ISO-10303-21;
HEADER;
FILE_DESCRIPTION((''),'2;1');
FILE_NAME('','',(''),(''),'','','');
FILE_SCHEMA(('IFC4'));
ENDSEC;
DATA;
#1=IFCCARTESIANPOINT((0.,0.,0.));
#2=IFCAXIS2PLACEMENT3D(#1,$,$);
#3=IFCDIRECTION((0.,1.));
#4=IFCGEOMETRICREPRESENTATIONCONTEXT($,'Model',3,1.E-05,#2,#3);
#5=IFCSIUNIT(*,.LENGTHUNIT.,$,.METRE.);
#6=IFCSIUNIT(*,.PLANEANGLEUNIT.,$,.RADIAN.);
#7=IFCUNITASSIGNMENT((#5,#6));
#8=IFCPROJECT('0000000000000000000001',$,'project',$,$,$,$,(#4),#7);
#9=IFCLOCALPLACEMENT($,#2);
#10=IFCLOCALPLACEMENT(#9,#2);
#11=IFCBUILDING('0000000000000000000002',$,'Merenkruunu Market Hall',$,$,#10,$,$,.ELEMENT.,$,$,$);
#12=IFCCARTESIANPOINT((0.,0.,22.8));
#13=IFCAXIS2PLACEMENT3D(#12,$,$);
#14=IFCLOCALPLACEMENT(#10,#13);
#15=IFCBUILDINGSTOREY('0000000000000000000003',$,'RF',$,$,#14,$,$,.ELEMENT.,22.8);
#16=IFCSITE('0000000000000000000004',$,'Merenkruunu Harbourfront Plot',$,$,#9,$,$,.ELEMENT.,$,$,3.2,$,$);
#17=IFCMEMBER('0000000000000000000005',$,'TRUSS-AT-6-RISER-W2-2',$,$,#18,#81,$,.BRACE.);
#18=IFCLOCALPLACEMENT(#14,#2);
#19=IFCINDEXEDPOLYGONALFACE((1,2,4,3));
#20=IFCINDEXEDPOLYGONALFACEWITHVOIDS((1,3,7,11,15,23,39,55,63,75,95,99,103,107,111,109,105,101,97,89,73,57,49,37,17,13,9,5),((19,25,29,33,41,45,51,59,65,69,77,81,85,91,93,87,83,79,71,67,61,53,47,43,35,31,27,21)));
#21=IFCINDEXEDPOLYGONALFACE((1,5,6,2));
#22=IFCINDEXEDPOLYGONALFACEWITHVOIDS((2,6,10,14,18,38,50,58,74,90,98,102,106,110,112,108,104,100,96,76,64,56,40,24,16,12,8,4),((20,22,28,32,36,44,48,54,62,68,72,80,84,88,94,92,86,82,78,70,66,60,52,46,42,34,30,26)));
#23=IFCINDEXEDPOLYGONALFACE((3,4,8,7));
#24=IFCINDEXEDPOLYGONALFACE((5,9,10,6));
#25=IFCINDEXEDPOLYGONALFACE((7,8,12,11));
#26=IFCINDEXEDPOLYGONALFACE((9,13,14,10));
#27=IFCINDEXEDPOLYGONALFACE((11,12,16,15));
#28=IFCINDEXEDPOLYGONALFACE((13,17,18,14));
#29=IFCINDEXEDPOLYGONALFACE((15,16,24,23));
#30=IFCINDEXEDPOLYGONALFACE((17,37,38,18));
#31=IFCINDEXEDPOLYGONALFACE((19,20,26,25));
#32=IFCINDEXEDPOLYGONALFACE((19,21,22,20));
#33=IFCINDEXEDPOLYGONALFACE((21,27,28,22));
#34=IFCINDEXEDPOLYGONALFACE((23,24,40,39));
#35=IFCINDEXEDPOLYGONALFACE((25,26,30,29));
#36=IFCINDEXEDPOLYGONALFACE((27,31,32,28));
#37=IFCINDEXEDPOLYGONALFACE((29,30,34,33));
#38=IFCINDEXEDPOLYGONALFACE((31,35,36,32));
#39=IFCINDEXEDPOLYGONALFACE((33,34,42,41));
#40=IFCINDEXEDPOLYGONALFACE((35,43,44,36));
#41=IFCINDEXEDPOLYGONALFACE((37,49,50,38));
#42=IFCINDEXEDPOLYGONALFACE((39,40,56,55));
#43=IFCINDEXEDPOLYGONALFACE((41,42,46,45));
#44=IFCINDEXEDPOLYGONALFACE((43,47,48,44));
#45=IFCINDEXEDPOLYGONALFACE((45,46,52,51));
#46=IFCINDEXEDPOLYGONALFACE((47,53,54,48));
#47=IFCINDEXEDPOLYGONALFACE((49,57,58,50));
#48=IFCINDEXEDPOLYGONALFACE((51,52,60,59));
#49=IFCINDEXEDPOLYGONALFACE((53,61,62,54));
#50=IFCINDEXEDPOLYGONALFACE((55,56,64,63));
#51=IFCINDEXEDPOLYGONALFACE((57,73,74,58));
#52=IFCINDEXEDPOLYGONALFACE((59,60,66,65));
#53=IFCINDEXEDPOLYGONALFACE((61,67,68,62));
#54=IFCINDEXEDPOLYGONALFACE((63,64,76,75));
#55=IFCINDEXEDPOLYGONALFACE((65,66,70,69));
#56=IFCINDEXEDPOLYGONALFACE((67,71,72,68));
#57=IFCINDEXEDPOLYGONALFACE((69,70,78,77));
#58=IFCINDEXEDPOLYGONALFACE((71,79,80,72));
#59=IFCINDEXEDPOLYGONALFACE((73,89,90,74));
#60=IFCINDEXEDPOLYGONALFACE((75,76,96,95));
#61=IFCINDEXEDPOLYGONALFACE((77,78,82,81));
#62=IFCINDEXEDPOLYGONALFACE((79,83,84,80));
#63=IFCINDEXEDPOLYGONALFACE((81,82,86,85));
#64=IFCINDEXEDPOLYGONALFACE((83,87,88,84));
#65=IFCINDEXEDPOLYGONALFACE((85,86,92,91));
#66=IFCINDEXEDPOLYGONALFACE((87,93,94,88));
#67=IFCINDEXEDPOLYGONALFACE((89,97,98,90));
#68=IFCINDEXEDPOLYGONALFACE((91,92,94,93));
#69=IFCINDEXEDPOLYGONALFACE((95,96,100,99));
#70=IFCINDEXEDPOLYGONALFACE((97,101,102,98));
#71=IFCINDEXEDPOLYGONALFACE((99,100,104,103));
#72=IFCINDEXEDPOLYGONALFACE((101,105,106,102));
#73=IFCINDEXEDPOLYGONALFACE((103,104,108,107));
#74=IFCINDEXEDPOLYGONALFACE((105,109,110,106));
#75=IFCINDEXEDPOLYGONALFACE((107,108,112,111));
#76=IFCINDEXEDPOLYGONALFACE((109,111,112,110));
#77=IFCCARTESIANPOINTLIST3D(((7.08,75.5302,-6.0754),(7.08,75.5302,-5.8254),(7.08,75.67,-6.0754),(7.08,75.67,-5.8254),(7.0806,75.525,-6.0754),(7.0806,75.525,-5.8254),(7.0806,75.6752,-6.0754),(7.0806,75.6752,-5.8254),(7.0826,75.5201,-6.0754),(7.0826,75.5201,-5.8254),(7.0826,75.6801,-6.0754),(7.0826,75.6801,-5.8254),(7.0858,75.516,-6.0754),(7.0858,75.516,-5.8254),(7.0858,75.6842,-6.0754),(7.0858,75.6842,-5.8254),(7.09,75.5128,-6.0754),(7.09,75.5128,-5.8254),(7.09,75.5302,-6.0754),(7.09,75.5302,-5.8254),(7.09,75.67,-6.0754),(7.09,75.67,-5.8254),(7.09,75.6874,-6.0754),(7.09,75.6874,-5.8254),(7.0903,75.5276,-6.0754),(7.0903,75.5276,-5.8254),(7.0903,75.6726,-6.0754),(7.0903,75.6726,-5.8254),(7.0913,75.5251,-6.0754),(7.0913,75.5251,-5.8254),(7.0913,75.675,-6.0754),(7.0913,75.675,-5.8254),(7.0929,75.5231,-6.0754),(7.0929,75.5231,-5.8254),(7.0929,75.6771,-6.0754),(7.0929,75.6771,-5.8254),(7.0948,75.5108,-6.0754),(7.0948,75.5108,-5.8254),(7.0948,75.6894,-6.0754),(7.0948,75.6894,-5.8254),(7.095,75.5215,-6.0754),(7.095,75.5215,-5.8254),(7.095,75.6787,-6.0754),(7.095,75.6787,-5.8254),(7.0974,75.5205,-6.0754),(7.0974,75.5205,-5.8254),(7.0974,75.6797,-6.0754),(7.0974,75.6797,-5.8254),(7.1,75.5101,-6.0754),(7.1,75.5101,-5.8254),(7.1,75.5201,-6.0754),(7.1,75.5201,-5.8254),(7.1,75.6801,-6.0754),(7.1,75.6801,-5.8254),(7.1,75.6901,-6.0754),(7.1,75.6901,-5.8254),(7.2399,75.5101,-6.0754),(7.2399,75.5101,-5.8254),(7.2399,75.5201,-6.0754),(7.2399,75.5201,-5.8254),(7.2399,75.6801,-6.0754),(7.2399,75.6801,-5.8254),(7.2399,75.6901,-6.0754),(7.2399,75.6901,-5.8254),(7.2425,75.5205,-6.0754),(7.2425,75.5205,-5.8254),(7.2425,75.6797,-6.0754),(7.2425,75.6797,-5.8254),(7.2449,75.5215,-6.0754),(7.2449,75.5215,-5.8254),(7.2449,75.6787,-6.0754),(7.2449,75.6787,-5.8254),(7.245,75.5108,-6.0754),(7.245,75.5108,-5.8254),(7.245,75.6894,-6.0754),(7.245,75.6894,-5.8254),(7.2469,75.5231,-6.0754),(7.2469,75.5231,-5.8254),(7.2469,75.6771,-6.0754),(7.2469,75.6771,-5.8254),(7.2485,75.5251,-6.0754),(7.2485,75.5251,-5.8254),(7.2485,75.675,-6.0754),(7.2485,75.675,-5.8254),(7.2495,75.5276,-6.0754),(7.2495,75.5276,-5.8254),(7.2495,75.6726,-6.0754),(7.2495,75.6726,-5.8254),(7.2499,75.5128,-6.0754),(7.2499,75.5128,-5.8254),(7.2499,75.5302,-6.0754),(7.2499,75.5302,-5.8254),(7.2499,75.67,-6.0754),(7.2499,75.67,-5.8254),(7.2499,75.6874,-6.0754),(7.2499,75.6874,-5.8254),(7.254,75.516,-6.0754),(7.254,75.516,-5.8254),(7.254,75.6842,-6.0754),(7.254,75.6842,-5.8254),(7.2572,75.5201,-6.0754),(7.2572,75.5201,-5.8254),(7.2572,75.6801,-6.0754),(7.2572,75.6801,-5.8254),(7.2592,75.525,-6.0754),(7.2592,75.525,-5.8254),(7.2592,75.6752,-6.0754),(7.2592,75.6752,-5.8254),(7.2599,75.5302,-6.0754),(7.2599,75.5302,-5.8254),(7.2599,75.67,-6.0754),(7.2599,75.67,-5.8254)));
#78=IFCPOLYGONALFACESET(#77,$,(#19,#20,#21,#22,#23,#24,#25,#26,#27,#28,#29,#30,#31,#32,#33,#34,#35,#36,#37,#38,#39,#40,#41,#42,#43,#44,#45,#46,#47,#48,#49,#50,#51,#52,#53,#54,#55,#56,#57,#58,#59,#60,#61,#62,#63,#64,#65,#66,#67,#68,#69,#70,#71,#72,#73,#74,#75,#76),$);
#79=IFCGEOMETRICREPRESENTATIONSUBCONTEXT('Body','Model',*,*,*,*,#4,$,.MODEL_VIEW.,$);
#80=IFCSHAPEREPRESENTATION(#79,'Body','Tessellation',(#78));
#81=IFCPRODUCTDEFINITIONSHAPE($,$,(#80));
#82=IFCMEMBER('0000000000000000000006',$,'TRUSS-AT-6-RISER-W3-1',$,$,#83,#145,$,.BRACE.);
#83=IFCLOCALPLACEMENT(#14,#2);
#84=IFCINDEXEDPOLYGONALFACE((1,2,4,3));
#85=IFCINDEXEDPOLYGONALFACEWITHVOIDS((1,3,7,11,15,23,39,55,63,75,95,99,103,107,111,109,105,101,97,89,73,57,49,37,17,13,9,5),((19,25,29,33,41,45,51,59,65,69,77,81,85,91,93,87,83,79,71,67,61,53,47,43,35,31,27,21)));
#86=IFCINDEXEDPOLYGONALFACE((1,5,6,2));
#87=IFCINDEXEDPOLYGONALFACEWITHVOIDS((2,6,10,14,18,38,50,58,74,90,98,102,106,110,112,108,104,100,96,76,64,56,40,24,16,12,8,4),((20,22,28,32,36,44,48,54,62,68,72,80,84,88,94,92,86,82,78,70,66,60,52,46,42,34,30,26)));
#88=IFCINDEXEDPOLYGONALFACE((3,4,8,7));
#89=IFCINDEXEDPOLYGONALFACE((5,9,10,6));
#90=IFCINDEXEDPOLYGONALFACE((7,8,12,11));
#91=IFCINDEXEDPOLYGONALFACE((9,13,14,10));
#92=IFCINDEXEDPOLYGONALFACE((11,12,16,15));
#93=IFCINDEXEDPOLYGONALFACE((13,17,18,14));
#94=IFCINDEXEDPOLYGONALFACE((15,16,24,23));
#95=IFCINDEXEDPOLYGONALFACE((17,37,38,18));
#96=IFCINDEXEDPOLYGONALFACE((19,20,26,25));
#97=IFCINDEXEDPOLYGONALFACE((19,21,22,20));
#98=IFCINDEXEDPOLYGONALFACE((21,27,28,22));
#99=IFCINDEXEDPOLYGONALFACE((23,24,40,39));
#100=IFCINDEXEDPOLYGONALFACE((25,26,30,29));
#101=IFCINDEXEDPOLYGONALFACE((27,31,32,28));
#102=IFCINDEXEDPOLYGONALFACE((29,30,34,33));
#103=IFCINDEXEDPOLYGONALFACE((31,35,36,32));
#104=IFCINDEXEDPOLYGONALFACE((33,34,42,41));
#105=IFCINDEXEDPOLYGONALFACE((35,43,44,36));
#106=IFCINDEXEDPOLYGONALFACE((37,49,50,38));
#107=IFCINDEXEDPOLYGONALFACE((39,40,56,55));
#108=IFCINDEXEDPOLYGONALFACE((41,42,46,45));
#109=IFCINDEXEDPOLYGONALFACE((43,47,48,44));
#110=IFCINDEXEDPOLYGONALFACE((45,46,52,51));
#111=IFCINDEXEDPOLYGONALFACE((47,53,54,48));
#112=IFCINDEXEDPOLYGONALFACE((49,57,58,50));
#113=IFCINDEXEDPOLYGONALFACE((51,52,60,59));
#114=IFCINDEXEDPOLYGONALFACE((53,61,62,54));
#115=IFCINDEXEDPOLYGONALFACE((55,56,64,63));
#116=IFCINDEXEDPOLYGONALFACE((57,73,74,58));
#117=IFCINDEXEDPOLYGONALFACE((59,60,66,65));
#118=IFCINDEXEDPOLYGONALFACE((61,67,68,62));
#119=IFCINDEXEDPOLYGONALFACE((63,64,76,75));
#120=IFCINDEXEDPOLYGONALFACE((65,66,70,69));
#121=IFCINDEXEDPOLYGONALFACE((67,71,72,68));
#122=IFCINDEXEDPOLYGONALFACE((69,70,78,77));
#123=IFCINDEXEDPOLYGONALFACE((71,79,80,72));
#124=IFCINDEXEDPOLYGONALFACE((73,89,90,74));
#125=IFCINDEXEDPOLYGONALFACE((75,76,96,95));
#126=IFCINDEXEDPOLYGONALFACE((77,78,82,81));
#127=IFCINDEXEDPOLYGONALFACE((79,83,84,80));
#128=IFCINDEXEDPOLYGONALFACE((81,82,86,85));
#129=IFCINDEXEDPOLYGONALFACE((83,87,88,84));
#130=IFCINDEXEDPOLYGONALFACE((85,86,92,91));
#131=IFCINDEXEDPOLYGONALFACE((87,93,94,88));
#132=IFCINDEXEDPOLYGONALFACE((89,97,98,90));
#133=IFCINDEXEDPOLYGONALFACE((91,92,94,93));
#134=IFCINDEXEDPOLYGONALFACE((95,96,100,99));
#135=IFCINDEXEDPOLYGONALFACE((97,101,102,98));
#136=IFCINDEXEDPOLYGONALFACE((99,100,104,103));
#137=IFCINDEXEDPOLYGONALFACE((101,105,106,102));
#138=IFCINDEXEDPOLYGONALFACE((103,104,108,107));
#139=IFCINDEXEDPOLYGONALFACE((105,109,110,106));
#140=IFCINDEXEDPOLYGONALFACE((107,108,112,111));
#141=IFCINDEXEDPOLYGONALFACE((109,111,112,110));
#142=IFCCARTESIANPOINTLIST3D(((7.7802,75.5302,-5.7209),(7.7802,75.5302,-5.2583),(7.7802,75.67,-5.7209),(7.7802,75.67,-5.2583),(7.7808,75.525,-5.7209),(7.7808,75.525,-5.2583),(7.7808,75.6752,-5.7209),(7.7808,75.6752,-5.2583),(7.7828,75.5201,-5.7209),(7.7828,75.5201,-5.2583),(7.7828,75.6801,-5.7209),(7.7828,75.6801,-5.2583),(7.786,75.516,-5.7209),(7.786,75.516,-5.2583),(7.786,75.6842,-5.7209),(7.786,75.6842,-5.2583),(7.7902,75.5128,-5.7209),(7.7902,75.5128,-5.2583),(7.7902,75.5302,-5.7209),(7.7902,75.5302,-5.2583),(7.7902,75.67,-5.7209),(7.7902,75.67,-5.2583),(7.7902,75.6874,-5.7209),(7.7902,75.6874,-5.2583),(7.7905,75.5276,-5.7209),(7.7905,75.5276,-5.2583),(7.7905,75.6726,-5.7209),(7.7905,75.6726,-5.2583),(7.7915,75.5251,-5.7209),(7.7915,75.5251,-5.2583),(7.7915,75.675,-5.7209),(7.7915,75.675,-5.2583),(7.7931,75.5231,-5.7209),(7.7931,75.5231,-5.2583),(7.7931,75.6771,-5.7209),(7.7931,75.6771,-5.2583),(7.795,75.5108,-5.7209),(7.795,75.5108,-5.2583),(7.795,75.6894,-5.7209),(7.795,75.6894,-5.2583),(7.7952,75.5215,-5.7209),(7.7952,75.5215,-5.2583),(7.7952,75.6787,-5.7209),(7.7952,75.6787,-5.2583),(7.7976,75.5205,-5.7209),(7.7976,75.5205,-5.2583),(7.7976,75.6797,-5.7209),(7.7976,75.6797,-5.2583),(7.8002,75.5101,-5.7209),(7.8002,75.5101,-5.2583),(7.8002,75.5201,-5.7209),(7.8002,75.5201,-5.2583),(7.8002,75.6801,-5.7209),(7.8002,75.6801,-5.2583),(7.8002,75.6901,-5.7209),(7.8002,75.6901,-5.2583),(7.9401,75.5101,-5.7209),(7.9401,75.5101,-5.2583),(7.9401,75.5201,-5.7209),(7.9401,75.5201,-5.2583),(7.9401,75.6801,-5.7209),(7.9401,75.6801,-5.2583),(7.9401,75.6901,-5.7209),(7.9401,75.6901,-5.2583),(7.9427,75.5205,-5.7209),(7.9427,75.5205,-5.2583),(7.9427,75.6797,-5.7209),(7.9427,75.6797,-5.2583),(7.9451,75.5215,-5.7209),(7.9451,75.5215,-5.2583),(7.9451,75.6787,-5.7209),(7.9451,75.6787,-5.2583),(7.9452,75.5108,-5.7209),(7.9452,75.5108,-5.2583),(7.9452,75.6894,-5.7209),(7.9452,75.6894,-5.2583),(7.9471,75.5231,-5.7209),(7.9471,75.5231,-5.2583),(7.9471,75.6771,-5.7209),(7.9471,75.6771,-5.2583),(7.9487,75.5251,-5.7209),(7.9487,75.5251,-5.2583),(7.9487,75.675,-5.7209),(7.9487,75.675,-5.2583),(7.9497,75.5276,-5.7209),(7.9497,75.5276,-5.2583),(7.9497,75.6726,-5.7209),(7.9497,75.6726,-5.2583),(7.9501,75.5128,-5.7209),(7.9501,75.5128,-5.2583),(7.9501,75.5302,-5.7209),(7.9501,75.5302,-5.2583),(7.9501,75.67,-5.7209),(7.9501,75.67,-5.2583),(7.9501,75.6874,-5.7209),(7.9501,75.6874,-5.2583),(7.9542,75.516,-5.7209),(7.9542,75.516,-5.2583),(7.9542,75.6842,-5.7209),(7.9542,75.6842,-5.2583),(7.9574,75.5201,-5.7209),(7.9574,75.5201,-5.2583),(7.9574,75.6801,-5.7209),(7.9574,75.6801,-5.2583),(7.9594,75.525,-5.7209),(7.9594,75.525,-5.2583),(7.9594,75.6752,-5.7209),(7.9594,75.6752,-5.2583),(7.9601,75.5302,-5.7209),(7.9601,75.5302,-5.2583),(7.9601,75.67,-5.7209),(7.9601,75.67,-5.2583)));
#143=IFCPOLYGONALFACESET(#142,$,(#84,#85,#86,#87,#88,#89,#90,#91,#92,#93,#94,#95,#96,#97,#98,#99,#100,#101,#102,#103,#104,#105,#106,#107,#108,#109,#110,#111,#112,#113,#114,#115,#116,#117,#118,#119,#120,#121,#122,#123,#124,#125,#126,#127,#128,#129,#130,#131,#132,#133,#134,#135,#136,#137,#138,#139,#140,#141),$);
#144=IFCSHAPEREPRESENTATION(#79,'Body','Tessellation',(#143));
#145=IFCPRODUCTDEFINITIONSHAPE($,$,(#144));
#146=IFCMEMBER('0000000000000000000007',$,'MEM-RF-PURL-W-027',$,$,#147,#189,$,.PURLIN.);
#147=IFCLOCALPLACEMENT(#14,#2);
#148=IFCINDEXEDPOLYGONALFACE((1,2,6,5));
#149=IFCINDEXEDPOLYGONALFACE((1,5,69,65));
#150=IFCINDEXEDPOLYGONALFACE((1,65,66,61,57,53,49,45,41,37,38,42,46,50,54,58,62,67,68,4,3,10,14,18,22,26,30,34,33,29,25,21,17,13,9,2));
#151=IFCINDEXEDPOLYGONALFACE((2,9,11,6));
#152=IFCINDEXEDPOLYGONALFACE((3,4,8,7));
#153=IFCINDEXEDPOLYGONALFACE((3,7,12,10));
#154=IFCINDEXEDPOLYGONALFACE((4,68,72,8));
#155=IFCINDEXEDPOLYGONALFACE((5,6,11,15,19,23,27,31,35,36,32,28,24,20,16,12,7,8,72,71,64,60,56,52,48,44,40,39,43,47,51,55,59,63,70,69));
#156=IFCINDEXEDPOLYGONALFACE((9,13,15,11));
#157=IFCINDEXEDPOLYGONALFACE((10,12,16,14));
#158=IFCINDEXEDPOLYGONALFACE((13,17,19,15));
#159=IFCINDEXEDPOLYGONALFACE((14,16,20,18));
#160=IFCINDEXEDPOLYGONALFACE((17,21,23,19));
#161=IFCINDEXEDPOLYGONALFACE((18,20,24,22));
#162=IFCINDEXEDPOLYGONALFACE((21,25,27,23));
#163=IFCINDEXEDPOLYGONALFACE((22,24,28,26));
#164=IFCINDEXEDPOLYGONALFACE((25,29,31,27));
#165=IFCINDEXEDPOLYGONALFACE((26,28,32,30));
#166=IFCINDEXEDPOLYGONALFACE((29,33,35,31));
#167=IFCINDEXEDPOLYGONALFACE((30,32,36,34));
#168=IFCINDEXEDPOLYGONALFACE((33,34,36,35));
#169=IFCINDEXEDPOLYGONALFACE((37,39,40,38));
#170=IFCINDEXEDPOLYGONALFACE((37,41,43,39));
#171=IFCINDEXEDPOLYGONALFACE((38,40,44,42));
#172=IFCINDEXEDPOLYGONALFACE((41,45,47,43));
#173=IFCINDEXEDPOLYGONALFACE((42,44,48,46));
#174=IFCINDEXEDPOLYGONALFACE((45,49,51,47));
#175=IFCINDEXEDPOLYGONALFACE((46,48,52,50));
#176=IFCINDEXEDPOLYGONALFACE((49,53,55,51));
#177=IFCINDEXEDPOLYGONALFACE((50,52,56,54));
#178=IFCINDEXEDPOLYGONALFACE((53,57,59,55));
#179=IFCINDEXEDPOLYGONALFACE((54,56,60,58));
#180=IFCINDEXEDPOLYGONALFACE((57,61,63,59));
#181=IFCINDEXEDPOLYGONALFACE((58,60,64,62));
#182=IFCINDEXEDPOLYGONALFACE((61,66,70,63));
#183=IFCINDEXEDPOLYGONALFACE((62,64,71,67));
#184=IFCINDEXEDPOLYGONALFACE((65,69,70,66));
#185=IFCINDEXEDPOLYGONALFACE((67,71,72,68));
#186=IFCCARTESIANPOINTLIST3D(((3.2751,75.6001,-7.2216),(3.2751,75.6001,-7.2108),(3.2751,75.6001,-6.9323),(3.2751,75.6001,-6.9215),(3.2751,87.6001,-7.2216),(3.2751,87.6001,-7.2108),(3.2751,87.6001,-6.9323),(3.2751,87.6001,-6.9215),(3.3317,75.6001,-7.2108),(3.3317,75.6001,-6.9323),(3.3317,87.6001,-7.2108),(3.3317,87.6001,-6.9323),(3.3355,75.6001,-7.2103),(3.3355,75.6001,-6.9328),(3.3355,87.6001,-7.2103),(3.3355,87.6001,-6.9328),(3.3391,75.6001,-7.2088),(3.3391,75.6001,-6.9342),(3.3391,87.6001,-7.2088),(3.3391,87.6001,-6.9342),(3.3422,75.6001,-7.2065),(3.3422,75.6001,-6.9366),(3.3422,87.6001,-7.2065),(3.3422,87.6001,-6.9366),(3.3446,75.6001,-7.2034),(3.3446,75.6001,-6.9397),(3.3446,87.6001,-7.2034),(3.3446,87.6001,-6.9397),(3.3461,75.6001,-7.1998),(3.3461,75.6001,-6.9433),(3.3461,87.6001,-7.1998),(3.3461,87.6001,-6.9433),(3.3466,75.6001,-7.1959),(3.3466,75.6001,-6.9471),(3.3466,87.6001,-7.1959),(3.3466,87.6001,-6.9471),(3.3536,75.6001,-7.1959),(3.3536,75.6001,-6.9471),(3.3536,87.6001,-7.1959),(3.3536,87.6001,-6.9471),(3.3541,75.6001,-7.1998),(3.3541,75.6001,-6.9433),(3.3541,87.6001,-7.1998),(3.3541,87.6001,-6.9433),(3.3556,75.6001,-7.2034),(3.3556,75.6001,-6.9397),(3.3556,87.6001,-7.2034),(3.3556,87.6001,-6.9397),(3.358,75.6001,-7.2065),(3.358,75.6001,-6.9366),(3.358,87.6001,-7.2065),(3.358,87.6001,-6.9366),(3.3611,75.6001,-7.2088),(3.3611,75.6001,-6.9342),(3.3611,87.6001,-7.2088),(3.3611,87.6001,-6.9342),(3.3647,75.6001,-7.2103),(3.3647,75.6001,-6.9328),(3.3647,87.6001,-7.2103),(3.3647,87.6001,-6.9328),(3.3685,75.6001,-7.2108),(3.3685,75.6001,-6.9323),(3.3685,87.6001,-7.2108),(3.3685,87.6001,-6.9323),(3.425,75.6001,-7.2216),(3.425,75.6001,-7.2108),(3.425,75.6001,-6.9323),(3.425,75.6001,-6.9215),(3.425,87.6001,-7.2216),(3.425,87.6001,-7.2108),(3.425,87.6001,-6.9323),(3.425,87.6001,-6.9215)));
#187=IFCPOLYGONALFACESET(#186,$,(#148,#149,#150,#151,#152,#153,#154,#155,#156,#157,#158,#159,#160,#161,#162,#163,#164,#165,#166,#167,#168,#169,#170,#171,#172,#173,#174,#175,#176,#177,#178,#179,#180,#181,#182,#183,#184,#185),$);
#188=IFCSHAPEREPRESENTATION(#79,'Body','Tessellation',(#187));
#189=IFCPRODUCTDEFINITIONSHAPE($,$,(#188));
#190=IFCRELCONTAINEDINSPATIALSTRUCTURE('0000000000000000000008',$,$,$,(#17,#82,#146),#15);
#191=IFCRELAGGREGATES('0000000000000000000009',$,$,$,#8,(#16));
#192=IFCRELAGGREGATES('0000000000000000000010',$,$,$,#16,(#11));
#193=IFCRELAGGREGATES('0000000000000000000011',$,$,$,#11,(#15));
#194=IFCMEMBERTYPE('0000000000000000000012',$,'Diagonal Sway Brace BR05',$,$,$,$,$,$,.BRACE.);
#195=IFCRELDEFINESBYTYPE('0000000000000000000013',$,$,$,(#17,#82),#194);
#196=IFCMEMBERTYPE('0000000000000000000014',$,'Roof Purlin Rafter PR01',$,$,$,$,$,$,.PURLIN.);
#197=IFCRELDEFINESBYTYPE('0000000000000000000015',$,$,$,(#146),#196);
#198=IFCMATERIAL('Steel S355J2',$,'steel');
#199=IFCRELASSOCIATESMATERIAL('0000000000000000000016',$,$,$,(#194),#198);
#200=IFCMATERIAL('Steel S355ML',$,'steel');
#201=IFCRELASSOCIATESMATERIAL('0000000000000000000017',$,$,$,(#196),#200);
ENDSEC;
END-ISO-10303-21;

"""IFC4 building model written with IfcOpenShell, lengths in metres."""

from ifc_helpers import new_model, si_unit, direction, frame, origin, origin_2d, place, context, subcontext, project, spatial, hollow_rectangle, i_section, extrude, material, material_profile, profile_set, type_object, element, save


model = new_model("IFC4")

# Units and contexts
model_context = context("Model", 3, precision=1e-05, world=origin(), true_north=direction((0.0, 1.0)))
body_context = subcontext(model_context, "Body", "Model", "MODEL_VIEW")
ifc_project = project(units=[si_unit("LENGTHUNIT", "METRE"), si_unit("PLANEANGLEUNIT", "RADIAN")], contexts=[model_context])

# Site, building, storey
site_placement = place(None, origin())
site = spatial("IfcSite", under=ifc_project, at=site_placement, Name="Merenkruunu Harbourfront Plot", CompositionType="ELEMENT", RefElevation=3.2)
building_placement = place(site_placement, origin())
building = spatial("IfcBuilding", under=site, at=building_placement, Name="Merenkruunu Market Hall", CompositionType="ELEMENT")
storey_placement = place(building_placement, frame((0.0, 0.0, 22.8)))
storey = spatial("IfcBuildingStorey", under=building, at=storey_placement, Name="RF", CompositionType="ELEMENT", Elevation=22.8)

# Shared definitions
ifc_material_1 = material(Name="Steel S355ML", Category="steel")

# Members
ifc_material_2 = material(Name="Steel S355J2", Category="steel")
ifc_material_profile_1 = material_profile(ifc_material_2, hollow_rectangle(XDim=0.1799, YDim=0.1799, WallThickness=0.01, InnerFilletRadius=0.01, OuterFilletRadius=0.02, at=origin_2d()), Name="SHS 180x180x10")
ifc_profile_set_1 = profile_set([ifc_material_profile_1], Name="Steel S355J2")
member_type_1 = type_object("IfcMemberType", Name="Diagonal Sway Brace BR05", PredefinedType="BRACE", material=ifc_profile_set_1)
member_1_placement = place(storey_placement, frame((7.1699, 75.6001, -6.0754), z_axis=(0.0, 0.0, 1.0), x_axis=(1.0, 0.0, 0.0)))
element("IfcMember", 1, at=member_1_placement, inside=storey, type_object=member_type_1, Name="TRUSS-AT-6-RISER-W2-2", PredefinedType="BRACE", context=body_context, shape_type="SweptSolid", body=[
    extrude(hollow_rectangle(XDim=0.1799, YDim=0.1799, WallThickness=0.01, InnerFilletRadius=0.01, OuterFilletRadius=0.02, at=origin_2d()), origin(), (0.0, 0.0, 1.0), 0.25),
])
member_2_placement = place(storey_placement, frame((7.8701, 75.6001, -5.7209), z_axis=(0.0, 0.0, 1.0), x_axis=(1.0, 0.0, 0.0)))
element("IfcMember", 2, at=member_2_placement, inside=storey, type_object=member_type_1, Name="TRUSS-AT-6-RISER-W3-1", PredefinedType="BRACE", context=body_context, shape_type="SweptSolid", body=[
    extrude(hollow_rectangle(XDim=0.1799, YDim=0.1799, WallThickness=0.01, InnerFilletRadius=0.01, OuterFilletRadius=0.02, at=origin_2d()), origin(), (0.0, 0.0, 1.0), 0.4626),
])
ifc_material_profile_2 = material_profile(ifc_material_1, i_section(OverallWidth=0.1499, OverallDepth=0.3, WebThickness=0.0071, FlangeThickness=0.0107, FilletRadius=0.0149, at=origin_2d()), Name="IPE 300")
ifc_profile_set_2 = profile_set([ifc_material_profile_2], Name="Steel S355ML")
member_type_2 = type_object("IfcMemberType", Name="Roof Purlin Rafter PR01", PredefinedType="PURLIN", material=ifc_profile_set_2)
member_3_placement = place(storey_placement, frame((3.3501, 75.6001, -7.0715), z_axis=(0.0, 1.0, 0.0), x_axis=(-1.0, 0.0, 0.0)))
element("IfcMember", 3, at=member_3_placement, inside=storey, type_object=member_type_2, Name="MEM-RF-PURL-W-027", PredefinedType="PURLIN", context=body_context, shape_type="SweptSolid", body=[
    extrude(i_section(OverallWidth=0.1499, OverallDepth=0.3, WebThickness=0.0071, FlangeThickness=0.0107, FilletRadius=0.0149, at=origin_2d()), origin(), (0.0, 0.0, 1.0), 12.0),
])

save(model, "model.ifc")
